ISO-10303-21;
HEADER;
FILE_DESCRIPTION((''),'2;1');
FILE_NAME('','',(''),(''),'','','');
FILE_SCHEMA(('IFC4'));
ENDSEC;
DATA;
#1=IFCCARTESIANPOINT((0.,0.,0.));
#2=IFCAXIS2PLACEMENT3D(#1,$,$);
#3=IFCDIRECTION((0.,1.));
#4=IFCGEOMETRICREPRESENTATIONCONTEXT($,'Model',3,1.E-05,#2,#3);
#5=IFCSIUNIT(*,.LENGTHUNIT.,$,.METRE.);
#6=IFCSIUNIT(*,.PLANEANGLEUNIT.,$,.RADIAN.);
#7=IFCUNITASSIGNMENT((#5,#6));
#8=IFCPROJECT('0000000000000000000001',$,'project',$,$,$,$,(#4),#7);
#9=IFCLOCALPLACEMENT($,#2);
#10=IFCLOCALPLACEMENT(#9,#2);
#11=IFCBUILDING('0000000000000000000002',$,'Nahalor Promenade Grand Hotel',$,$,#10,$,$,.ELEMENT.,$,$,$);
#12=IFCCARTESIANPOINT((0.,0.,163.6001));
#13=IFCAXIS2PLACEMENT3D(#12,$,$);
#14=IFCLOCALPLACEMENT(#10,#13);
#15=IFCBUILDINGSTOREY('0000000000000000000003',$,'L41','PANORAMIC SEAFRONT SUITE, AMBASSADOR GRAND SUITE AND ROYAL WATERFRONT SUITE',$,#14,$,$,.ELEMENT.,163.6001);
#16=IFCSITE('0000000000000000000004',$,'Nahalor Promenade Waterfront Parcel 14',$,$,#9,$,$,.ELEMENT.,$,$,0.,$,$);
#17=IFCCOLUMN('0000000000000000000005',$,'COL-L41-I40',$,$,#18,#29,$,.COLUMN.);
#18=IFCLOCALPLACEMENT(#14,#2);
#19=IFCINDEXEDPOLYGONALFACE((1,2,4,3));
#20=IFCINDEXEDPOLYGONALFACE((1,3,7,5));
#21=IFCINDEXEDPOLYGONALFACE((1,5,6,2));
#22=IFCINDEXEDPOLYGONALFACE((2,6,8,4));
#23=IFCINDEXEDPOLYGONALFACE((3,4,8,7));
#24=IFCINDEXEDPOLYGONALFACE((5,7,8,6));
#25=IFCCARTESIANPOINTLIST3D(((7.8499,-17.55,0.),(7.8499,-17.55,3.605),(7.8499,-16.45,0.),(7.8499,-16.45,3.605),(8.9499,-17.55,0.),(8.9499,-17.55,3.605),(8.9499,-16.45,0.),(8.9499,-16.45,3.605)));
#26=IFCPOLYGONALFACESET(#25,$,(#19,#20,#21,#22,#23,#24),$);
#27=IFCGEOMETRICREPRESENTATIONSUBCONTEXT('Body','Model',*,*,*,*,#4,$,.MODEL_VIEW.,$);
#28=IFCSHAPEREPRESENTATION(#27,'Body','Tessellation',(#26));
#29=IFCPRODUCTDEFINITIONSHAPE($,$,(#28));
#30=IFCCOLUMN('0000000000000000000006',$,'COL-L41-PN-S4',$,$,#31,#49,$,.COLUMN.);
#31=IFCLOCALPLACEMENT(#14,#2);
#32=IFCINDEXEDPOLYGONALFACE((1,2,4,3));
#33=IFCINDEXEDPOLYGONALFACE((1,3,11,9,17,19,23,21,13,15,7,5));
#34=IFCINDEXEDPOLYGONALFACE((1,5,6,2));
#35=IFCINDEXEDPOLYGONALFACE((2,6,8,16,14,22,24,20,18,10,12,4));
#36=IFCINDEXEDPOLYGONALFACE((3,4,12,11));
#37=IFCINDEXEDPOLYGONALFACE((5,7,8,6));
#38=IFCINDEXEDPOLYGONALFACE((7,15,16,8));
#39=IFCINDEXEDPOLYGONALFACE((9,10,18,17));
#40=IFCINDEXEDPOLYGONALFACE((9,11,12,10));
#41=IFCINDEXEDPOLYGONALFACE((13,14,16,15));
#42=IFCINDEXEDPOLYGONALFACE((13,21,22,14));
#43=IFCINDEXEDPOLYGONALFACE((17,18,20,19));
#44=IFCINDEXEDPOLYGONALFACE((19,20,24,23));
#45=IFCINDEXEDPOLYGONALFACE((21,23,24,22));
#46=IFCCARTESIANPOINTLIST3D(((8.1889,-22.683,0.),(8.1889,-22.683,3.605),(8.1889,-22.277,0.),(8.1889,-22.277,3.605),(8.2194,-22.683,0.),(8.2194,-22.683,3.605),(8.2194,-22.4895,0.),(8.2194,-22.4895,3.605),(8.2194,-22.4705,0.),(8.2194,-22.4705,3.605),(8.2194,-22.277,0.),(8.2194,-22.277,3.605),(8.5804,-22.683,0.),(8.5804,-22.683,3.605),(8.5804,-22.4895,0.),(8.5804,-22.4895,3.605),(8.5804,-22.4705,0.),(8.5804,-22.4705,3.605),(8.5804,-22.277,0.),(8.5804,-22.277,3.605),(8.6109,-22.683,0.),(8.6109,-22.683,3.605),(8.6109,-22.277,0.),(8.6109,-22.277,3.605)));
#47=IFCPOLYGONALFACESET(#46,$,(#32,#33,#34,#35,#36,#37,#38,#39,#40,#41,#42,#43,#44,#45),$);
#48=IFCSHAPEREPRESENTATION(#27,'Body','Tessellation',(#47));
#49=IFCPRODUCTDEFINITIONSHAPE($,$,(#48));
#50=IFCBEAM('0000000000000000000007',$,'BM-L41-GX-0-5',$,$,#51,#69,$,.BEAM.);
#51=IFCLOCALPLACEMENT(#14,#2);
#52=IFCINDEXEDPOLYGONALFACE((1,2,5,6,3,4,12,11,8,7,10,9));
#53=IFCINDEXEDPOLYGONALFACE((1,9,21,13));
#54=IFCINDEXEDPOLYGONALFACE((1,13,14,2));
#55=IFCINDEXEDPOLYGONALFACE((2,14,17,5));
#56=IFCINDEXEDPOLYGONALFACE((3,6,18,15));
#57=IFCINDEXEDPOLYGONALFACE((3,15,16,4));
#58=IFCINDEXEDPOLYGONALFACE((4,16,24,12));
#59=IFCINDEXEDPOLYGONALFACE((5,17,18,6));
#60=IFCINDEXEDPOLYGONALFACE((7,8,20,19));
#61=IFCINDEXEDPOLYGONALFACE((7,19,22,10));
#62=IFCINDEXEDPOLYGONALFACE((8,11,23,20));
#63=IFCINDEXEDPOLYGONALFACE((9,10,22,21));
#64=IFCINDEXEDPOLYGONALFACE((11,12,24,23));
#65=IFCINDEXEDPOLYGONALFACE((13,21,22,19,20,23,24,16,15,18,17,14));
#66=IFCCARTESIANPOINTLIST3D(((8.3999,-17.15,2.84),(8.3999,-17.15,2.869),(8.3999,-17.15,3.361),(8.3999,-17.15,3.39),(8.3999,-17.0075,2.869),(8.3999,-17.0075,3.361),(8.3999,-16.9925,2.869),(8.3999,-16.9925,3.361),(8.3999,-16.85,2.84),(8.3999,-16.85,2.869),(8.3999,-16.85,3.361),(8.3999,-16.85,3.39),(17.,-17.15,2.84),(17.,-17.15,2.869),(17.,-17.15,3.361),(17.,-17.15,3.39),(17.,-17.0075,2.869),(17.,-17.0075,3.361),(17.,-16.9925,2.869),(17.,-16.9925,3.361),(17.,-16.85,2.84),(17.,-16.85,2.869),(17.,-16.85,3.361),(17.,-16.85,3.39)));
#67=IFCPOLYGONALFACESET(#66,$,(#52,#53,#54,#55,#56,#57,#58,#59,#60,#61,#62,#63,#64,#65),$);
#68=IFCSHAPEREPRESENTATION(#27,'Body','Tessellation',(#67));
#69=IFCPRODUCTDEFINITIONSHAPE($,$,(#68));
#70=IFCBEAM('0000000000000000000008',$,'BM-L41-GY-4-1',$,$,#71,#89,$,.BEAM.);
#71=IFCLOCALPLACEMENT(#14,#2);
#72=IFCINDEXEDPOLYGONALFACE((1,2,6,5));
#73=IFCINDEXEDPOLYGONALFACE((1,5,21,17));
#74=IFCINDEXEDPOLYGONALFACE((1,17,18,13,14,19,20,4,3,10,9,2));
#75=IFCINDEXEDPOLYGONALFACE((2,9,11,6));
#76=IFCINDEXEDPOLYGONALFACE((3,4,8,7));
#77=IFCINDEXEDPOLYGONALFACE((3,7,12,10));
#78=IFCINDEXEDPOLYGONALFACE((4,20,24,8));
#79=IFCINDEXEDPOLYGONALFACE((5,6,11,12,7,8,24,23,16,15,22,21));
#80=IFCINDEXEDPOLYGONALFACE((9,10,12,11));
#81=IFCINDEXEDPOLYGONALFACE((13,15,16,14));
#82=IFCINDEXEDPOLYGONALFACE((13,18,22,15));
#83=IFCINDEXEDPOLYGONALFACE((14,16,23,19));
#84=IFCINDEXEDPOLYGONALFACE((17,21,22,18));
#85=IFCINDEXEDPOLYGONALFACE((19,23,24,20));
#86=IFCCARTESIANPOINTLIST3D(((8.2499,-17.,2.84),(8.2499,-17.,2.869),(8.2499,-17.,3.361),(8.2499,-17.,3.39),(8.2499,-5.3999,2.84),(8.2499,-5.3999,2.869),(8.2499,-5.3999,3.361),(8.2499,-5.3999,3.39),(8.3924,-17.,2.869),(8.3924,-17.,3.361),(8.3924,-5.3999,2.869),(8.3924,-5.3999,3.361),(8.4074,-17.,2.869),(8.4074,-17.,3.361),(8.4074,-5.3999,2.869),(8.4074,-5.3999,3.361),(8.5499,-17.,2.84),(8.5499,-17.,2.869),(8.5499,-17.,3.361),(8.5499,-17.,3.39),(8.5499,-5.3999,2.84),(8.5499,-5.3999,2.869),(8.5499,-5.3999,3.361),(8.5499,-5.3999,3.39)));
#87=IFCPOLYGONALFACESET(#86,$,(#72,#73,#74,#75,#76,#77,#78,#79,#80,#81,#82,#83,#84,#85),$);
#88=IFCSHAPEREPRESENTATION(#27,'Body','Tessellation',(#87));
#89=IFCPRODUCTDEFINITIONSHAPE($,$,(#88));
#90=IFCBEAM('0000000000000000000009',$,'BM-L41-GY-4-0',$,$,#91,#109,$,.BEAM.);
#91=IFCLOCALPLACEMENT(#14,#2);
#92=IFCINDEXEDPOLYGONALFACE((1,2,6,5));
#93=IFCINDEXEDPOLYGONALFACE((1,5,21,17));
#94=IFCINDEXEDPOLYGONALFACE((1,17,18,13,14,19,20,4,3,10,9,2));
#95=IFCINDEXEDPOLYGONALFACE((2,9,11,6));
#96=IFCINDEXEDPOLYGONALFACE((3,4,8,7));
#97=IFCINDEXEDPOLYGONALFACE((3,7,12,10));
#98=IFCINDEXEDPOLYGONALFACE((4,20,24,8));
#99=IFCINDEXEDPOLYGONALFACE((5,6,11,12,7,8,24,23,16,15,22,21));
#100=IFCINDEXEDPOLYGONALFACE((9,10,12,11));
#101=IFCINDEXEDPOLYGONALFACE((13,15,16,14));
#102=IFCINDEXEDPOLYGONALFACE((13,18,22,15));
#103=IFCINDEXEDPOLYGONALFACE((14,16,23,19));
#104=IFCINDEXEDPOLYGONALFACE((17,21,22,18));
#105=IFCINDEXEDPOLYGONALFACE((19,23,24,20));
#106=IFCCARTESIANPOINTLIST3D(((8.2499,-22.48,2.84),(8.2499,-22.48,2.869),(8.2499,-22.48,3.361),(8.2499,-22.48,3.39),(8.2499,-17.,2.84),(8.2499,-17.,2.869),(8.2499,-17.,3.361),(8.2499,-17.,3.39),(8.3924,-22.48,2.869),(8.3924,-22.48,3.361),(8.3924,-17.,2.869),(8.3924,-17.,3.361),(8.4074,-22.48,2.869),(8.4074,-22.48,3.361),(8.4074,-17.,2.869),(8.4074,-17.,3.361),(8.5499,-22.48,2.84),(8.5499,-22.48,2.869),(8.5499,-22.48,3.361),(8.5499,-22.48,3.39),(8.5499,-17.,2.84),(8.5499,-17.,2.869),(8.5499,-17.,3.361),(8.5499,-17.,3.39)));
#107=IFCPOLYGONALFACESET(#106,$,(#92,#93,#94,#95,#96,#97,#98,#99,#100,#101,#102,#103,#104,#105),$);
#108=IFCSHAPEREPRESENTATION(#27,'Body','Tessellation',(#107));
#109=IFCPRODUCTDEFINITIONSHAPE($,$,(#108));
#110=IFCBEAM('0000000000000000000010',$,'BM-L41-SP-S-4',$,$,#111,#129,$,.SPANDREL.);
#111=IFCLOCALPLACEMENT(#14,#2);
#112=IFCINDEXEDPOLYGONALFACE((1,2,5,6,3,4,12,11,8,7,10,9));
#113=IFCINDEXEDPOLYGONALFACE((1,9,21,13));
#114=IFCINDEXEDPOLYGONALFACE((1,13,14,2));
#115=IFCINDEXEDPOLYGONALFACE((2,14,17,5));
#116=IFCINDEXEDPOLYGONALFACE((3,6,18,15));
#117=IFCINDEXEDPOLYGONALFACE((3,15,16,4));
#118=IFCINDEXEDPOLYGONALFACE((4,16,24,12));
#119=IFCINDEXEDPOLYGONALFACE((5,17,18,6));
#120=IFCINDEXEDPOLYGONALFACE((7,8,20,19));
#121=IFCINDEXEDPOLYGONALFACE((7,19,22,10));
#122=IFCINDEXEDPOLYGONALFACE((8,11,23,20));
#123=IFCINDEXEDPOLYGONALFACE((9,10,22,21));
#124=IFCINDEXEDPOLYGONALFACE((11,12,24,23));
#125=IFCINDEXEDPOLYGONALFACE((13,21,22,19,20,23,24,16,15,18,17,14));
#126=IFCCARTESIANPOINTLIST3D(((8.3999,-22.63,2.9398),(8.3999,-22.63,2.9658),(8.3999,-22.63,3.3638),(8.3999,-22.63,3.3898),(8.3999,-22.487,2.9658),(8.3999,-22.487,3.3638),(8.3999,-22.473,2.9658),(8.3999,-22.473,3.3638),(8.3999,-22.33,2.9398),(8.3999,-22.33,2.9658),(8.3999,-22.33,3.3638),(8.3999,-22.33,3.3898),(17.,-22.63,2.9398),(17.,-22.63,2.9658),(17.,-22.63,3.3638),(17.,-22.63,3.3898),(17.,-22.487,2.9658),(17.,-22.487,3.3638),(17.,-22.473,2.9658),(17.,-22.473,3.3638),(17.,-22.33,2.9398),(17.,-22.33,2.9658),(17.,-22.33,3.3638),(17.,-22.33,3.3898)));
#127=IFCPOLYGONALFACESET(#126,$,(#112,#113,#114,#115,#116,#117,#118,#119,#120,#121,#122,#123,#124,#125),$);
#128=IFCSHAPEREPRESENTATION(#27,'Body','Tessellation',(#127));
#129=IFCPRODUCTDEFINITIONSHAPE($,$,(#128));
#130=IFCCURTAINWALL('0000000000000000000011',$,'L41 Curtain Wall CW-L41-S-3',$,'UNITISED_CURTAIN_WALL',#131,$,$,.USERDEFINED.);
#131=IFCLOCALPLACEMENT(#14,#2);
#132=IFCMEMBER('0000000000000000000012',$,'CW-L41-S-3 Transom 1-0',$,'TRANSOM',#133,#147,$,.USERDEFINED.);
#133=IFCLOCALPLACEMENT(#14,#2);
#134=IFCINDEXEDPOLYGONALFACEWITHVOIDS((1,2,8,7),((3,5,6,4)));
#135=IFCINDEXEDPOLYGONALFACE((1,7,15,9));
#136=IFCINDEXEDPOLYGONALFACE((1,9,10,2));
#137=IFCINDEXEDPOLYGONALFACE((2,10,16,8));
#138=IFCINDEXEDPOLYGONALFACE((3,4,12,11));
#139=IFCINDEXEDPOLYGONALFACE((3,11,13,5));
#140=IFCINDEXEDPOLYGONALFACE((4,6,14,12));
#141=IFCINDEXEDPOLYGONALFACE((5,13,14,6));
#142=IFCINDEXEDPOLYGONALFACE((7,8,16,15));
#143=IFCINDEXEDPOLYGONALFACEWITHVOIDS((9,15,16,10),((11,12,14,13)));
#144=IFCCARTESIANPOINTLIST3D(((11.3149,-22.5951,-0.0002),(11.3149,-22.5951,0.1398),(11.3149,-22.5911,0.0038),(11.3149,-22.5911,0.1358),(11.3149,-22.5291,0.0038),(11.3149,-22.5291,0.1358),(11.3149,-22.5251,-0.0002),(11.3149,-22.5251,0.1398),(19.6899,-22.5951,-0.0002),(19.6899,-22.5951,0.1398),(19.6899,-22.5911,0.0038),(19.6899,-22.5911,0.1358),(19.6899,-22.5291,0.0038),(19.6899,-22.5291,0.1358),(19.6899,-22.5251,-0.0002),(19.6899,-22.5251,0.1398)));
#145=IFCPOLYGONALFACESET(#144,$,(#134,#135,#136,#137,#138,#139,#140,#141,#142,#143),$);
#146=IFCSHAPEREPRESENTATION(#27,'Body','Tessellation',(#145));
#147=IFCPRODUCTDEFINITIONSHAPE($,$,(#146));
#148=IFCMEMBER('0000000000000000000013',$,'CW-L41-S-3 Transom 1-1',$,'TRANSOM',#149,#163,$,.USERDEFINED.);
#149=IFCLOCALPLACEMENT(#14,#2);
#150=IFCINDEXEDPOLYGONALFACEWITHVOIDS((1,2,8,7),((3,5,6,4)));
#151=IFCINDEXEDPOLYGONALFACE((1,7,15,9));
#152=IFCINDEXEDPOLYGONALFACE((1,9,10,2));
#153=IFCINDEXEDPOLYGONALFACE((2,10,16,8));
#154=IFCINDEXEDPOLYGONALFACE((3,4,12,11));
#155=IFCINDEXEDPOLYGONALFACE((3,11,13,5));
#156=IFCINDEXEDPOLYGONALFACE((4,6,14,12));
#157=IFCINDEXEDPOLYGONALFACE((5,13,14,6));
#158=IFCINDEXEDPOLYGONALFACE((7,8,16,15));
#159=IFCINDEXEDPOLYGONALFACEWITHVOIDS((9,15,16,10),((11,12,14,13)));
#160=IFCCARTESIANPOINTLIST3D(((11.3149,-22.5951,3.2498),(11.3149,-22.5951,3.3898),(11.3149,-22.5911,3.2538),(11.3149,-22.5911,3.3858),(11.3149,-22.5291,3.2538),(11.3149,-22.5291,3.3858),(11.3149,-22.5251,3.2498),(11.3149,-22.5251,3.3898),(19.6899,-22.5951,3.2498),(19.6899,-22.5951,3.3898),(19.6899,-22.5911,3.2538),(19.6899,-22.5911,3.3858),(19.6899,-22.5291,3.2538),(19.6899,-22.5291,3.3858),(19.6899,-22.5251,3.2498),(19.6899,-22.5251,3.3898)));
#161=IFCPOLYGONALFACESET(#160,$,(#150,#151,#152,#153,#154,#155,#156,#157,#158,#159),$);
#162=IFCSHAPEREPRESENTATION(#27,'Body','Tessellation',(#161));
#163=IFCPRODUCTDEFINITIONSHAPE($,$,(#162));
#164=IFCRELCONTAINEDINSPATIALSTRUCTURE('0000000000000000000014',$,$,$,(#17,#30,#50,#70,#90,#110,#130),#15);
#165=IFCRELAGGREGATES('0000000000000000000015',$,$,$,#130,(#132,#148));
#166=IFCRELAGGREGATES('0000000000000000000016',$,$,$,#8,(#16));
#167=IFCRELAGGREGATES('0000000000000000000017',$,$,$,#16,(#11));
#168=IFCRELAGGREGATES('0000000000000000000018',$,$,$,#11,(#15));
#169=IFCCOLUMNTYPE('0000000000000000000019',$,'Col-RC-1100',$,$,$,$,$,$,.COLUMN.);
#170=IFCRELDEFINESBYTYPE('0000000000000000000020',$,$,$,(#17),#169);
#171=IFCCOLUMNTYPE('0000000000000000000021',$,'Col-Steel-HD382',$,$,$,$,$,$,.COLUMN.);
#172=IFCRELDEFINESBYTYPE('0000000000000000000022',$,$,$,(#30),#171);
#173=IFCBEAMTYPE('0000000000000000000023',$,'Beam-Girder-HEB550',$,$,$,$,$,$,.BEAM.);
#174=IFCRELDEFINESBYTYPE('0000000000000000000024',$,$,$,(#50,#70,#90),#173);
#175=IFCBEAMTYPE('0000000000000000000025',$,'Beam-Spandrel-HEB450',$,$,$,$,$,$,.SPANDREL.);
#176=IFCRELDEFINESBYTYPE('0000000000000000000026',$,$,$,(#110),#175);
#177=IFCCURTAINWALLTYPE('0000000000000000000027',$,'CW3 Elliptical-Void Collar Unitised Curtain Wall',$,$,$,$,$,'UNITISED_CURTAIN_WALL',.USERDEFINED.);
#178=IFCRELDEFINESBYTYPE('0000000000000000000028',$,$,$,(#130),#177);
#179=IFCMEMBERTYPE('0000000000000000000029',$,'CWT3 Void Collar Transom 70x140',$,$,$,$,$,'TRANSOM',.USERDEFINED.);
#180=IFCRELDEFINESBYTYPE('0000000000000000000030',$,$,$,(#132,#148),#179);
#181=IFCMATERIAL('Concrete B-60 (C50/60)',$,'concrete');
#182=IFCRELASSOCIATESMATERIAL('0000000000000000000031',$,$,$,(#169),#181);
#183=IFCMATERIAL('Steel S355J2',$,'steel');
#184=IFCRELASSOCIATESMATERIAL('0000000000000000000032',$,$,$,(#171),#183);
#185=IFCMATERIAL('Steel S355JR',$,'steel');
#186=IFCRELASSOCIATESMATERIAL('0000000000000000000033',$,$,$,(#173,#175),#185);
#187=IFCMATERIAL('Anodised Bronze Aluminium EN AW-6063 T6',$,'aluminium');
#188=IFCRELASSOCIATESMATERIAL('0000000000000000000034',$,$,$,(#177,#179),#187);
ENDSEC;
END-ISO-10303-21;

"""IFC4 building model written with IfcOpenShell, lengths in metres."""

from ifc_helpers import new_model, si_unit, direction, frame, origin, origin_2d, place, context, subcontext, project, spatial, rectangle, hollow_rectangle, i_section, extrude, source, transform, mapped, material, material_profile, profile_set, type_object, element, aggregate, save


model = new_model("IFC4")

# Units and contexts
model_context = context("Model", 3, precision=1e-05, world=origin(), true_north=direction((0.0, 1.0)))
body_context = subcontext(model_context, "Body", "Model", "MODEL_VIEW")
ifc_project = project(units=[si_unit("LENGTHUNIT", "METRE"), si_unit("PLANEANGLEUNIT", "RADIAN")], contexts=[model_context])

# Site, building, storey
site_placement = place(None, origin())
site = spatial("IfcSite", under=ifc_project, at=site_placement, Name="Nahalor Promenade Waterfront Parcel 14", CompositionType="ELEMENT", RefElevation=0.0)
building_placement = place(site_placement, origin())
building = spatial("IfcBuilding", under=site, at=building_placement, Name="Nahalor Promenade Grand Hotel", CompositionType="ELEMENT")
storey_placement = place(building_placement, frame((0.0, 0.0, 163.6001)))
storey = spatial("IfcBuildingStorey", under=building, at=storey_placement, Name="L41", Description="PANORAMIC SEAFRONT SUITE, AMBASSADOR GRAND SUITE AND ROYAL WATERFRONT SUITE", CompositionType="ELEMENT", Elevation=163.6001)

# Columns
ifc_material_1 = material(Name="Concrete B-60 (C50/60)", Category="concrete")
ifc_material_profile_1 = material_profile(ifc_material_1, rectangle(XDim=1.1, YDim=1.1, at=origin_2d()), Name="RC 1100x1100")
ifc_profile_set_1 = profile_set([ifc_material_profile_1], Name="Concrete B-60 (C50/60)")
column_type_1 = type_object("IfcColumnType", Name="Col-RC-1100", PredefinedType="COLUMN", material=ifc_profile_set_1)
shared_shape_1 = source(origin(), body_context, "Body", "SweptSolid", [
    extrude(rectangle(XDim=1.1, YDim=1.1, at=origin_2d()), origin(), (0.0, 0.0, 1.0), 3.605),
])
column_1_placement = place(storey_placement, frame((8.3999, -17.0, 0.0), z_axis=(0.0, 0.0, 1.0), x_axis=(1.0, 0.0, 0.0)))
element("IfcColumn", 1, at=column_1_placement, inside=storey, type_object=column_type_1, Name="COL-L41-I40", PredefinedType="COLUMN", context=body_context, shape_type="MappedRepresentation", body=[
    mapped(shared_shape_1, transform((0.0, 0.0, 0.0), scale=1.0)),
])
ifc_material_2 = material(Name="Steel S355J2", Category="steel")
ifc_material_profile_2 = material_profile(ifc_material_2, i_section(OverallWidth=0.406, OverallDepth=0.422, WebThickness=0.019, FlangeThickness=0.0305, at=origin_2d()), Name="HD 400x382")
ifc_profile_set_2 = profile_set([ifc_material_profile_2], Name="Steel S355J2")
column_type_2 = type_object("IfcColumnType", Name="Col-Steel-HD382", PredefinedType="COLUMN", material=ifc_profile_set_2)
shared_shape_2 = source(origin(), body_context, "Body", "SweptSolid", [
    extrude(i_section(OverallWidth=0.406, OverallDepth=0.422, WebThickness=0.019, FlangeThickness=0.0305, at=origin_2d()), origin(), (0.0, 0.0, 1.0), 3.605),
])
column_2_placement = place(storey_placement, frame((8.3999, -22.48, 0.0), z_axis=(0.0, 0.0, 1.0), x_axis=(0.0, 1.0, 0.0)))
element("IfcColumn", 2, at=column_2_placement, inside=storey, type_object=column_type_2, Name="COL-L41-PN-S4", PredefinedType="COLUMN", context=body_context, shape_type="MappedRepresentation", body=[
    mapped(shared_shape_2, transform((0.0, 0.0, 0.0), scale=1.0)),
])

# Beams
ifc_material_3 = material(Name="Steel S355JR", Category="steel")
ifc_material_profile_3 = material_profile(ifc_material_3, i_section(OverallWidth=0.3, OverallDepth=0.55, WebThickness=0.015, FlangeThickness=0.029, at=origin_2d()), Name="HEB 550")
ifc_profile_set_3 = profile_set([ifc_material_profile_3], Name="Steel S355JR")
beam_type_1 = type_object("IfcBeamType", Name="Beam-Girder-HEB550", PredefinedType="BEAM", material=ifc_profile_set_3)
shared_shape_3 = source(origin(), body_context, "Body", "SweptSolid", [
    extrude(i_section(OverallWidth=0.3, OverallDepth=0.55, WebThickness=0.015, FlangeThickness=0.029, at=origin_2d()), origin(), (0.0, 0.0, 1.0), 8.6001),
])
beam_1_placement = place(storey_placement, frame((8.3999, -17.0, 3.115), z_axis=(1.0, 0.0, 0.0), x_axis=(0.0, 1.0, 0.0)))
element("IfcBeam", 3, at=beam_1_placement, inside=storey, type_object=beam_type_1, Name="BM-L41-GX-0-5", PredefinedType="BEAM", context=body_context, shape_type="MappedRepresentation", body=[
    mapped(shared_shape_3, transform((0.0, 0.0, 0.0), scale=1.0)),
])
shared_shape_4 = source(origin(), body_context, "Body", "SweptSolid", [
    extrude(i_section(OverallWidth=0.3, OverallDepth=0.55, WebThickness=0.015, FlangeThickness=0.029, at=origin_2d()), origin(), (0.0, 0.0, 1.0), 11.6001),
])
beam_2_placement = place(storey_placement, frame((8.3999, -17.0, 3.115), z_axis=(0.0, 1.0, 0.0), x_axis=(-1.0, 0.0, 0.0)))
element("IfcBeam", 4, at=beam_2_placement, inside=storey, type_object=beam_type_1, Name="BM-L41-GY-4-1", PredefinedType="BEAM", context=body_context, shape_type="MappedRepresentation", body=[
    mapped(shared_shape_4, transform((0.0, 0.0, 0.0), scale=1.0)),
])
shared_shape_5 = source(origin(), body_context, "Body", "SweptSolid", [
    extrude(i_section(OverallWidth=0.3, OverallDepth=0.55, WebThickness=0.015, FlangeThickness=0.029, at=origin_2d()), origin(), (0.0, 0.0, 1.0), 5.48),
])
beam_3_placement = place(storey_placement, frame((8.3999, -22.48, 3.115), z_axis=(0.0, 1.0, 0.0), x_axis=(-1.0, 0.0, 0.0)))
element("IfcBeam", 5, at=beam_3_placement, inside=storey, type_object=beam_type_1, Name="BM-L41-GY-4-0", PredefinedType="BEAM", context=body_context, shape_type="MappedRepresentation", body=[
    mapped(shared_shape_5, transform((0.0, 0.0, 0.0), scale=1.0)),
])
ifc_material_profile_4 = material_profile(ifc_material_3, i_section(OverallWidth=0.3, OverallDepth=0.45, WebThickness=0.014, FlangeThickness=0.026, at=origin_2d()), Name="HEB 450")
ifc_profile_set_4 = profile_set([ifc_material_profile_4], Name="Steel S355JR")
beam_type_2 = type_object("IfcBeamType", Name="Beam-Spandrel-HEB450", PredefinedType="SPANDREL", material=ifc_profile_set_4)
shared_shape_6 = source(origin(), body_context, "Body", "SweptSolid", [
    extrude(i_section(OverallWidth=0.3, OverallDepth=0.45, WebThickness=0.014, FlangeThickness=0.026, at=origin_2d()), origin(), (0.0, 0.0, 1.0), 8.6001),
])
beam_4_placement = place(storey_placement, frame((8.3999, -22.48, 3.1648), z_axis=(1.0, 0.0, 0.0), x_axis=(0.0, 1.0, 0.0)))
element("IfcBeam", 6, at=beam_4_placement, inside=storey, type_object=beam_type_2, Name="BM-L41-SP-S-4", PredefinedType="SPANDREL", context=body_context, shape_type="MappedRepresentation", body=[
    mapped(shared_shape_6, transform((0.0, 0.0, 0.0), scale=1.0)),
])

# Curtain wall, members
ifc_material_4 = material(Name="Anodised Bronze Aluminium EN AW-6063 T6", Category="aluminium")
curtain_wall_type = type_object("IfcCurtainWallType", Name="CW3 Elliptical-Void Collar Unitised Curtain Wall", ElementType="UNITISED_CURTAIN_WALL", PredefinedType="USERDEFINED", material=ifc_material_4)
curtain_wall_placement = place(storey_placement, origin())
curtain_wall = element("IfcCurtainWall", 7, at=curtain_wall_placement, inside=storey, type_object=curtain_wall_type, Name="L41 Curtain Wall CW-L41-S-3", ObjectType="UNITISED_CURTAIN_WALL", PredefinedType="USERDEFINED")
ifc_material_profile_5 = material_profile(ifc_material_4, hollow_rectangle(XDim=0.07, YDim=0.14, WallThickness=0.004, at=origin_2d()), Name="CWT 70x140x4")
ifc_profile_set_5 = profile_set([ifc_material_profile_5], Name="Anodised Bronze Aluminium EN AW-6063 T6")
member_type_1 = type_object("IfcMemberType", Name="CWT3 Void Collar Transom 70x140", ElementType="TRANSOM", PredefinedType="USERDEFINED", material=ifc_profile_set_5)
shared_shape_7 = source(origin(), body_context, "Body", "SweptSolid", [
    extrude(hollow_rectangle(XDim=0.07, YDim=0.14, WallThickness=0.004, at=origin_2d()), origin(), (0.0, 0.0, 1.0), 8.375),
])
member_1_placement = place(storey_placement, frame((11.3149, -22.5601, 0.0698), z_axis=(1.0, 0.0, 0.0), x_axis=(0.0, 1.0, 0.0)))
member_1 = element("IfcMember", 8, at=member_1_placement, type_object=member_type_1, Name="CW-L41-S-3 Transom 1-0", ObjectType="TRANSOM", PredefinedType="USERDEFINED", context=body_context, shape_type="MappedRepresentation", body=[
    mapped(shared_shape_7, transform((0.0, 0.0, 0.0), scale=1.0)),
])
member_2_placement = place(storey_placement, frame((11.3149, -22.5601, 3.3198), z_axis=(1.0, 0.0, 0.0), x_axis=(0.0, 1.0, 0.0)))
member_2 = element("IfcMember", 9, at=member_2_placement, type_object=member_type_1, Name="CW-L41-S-3 Transom 1-1", ObjectType="TRANSOM", PredefinedType="USERDEFINED", context=body_context, shape_type="MappedRepresentation", body=[
    mapped(shared_shape_7, transform((0.0, 0.0, 0.0), scale=1.0)),
])
aggregate(curtain_wall, [member_1, member_2])

save(model, "model.ifc")
